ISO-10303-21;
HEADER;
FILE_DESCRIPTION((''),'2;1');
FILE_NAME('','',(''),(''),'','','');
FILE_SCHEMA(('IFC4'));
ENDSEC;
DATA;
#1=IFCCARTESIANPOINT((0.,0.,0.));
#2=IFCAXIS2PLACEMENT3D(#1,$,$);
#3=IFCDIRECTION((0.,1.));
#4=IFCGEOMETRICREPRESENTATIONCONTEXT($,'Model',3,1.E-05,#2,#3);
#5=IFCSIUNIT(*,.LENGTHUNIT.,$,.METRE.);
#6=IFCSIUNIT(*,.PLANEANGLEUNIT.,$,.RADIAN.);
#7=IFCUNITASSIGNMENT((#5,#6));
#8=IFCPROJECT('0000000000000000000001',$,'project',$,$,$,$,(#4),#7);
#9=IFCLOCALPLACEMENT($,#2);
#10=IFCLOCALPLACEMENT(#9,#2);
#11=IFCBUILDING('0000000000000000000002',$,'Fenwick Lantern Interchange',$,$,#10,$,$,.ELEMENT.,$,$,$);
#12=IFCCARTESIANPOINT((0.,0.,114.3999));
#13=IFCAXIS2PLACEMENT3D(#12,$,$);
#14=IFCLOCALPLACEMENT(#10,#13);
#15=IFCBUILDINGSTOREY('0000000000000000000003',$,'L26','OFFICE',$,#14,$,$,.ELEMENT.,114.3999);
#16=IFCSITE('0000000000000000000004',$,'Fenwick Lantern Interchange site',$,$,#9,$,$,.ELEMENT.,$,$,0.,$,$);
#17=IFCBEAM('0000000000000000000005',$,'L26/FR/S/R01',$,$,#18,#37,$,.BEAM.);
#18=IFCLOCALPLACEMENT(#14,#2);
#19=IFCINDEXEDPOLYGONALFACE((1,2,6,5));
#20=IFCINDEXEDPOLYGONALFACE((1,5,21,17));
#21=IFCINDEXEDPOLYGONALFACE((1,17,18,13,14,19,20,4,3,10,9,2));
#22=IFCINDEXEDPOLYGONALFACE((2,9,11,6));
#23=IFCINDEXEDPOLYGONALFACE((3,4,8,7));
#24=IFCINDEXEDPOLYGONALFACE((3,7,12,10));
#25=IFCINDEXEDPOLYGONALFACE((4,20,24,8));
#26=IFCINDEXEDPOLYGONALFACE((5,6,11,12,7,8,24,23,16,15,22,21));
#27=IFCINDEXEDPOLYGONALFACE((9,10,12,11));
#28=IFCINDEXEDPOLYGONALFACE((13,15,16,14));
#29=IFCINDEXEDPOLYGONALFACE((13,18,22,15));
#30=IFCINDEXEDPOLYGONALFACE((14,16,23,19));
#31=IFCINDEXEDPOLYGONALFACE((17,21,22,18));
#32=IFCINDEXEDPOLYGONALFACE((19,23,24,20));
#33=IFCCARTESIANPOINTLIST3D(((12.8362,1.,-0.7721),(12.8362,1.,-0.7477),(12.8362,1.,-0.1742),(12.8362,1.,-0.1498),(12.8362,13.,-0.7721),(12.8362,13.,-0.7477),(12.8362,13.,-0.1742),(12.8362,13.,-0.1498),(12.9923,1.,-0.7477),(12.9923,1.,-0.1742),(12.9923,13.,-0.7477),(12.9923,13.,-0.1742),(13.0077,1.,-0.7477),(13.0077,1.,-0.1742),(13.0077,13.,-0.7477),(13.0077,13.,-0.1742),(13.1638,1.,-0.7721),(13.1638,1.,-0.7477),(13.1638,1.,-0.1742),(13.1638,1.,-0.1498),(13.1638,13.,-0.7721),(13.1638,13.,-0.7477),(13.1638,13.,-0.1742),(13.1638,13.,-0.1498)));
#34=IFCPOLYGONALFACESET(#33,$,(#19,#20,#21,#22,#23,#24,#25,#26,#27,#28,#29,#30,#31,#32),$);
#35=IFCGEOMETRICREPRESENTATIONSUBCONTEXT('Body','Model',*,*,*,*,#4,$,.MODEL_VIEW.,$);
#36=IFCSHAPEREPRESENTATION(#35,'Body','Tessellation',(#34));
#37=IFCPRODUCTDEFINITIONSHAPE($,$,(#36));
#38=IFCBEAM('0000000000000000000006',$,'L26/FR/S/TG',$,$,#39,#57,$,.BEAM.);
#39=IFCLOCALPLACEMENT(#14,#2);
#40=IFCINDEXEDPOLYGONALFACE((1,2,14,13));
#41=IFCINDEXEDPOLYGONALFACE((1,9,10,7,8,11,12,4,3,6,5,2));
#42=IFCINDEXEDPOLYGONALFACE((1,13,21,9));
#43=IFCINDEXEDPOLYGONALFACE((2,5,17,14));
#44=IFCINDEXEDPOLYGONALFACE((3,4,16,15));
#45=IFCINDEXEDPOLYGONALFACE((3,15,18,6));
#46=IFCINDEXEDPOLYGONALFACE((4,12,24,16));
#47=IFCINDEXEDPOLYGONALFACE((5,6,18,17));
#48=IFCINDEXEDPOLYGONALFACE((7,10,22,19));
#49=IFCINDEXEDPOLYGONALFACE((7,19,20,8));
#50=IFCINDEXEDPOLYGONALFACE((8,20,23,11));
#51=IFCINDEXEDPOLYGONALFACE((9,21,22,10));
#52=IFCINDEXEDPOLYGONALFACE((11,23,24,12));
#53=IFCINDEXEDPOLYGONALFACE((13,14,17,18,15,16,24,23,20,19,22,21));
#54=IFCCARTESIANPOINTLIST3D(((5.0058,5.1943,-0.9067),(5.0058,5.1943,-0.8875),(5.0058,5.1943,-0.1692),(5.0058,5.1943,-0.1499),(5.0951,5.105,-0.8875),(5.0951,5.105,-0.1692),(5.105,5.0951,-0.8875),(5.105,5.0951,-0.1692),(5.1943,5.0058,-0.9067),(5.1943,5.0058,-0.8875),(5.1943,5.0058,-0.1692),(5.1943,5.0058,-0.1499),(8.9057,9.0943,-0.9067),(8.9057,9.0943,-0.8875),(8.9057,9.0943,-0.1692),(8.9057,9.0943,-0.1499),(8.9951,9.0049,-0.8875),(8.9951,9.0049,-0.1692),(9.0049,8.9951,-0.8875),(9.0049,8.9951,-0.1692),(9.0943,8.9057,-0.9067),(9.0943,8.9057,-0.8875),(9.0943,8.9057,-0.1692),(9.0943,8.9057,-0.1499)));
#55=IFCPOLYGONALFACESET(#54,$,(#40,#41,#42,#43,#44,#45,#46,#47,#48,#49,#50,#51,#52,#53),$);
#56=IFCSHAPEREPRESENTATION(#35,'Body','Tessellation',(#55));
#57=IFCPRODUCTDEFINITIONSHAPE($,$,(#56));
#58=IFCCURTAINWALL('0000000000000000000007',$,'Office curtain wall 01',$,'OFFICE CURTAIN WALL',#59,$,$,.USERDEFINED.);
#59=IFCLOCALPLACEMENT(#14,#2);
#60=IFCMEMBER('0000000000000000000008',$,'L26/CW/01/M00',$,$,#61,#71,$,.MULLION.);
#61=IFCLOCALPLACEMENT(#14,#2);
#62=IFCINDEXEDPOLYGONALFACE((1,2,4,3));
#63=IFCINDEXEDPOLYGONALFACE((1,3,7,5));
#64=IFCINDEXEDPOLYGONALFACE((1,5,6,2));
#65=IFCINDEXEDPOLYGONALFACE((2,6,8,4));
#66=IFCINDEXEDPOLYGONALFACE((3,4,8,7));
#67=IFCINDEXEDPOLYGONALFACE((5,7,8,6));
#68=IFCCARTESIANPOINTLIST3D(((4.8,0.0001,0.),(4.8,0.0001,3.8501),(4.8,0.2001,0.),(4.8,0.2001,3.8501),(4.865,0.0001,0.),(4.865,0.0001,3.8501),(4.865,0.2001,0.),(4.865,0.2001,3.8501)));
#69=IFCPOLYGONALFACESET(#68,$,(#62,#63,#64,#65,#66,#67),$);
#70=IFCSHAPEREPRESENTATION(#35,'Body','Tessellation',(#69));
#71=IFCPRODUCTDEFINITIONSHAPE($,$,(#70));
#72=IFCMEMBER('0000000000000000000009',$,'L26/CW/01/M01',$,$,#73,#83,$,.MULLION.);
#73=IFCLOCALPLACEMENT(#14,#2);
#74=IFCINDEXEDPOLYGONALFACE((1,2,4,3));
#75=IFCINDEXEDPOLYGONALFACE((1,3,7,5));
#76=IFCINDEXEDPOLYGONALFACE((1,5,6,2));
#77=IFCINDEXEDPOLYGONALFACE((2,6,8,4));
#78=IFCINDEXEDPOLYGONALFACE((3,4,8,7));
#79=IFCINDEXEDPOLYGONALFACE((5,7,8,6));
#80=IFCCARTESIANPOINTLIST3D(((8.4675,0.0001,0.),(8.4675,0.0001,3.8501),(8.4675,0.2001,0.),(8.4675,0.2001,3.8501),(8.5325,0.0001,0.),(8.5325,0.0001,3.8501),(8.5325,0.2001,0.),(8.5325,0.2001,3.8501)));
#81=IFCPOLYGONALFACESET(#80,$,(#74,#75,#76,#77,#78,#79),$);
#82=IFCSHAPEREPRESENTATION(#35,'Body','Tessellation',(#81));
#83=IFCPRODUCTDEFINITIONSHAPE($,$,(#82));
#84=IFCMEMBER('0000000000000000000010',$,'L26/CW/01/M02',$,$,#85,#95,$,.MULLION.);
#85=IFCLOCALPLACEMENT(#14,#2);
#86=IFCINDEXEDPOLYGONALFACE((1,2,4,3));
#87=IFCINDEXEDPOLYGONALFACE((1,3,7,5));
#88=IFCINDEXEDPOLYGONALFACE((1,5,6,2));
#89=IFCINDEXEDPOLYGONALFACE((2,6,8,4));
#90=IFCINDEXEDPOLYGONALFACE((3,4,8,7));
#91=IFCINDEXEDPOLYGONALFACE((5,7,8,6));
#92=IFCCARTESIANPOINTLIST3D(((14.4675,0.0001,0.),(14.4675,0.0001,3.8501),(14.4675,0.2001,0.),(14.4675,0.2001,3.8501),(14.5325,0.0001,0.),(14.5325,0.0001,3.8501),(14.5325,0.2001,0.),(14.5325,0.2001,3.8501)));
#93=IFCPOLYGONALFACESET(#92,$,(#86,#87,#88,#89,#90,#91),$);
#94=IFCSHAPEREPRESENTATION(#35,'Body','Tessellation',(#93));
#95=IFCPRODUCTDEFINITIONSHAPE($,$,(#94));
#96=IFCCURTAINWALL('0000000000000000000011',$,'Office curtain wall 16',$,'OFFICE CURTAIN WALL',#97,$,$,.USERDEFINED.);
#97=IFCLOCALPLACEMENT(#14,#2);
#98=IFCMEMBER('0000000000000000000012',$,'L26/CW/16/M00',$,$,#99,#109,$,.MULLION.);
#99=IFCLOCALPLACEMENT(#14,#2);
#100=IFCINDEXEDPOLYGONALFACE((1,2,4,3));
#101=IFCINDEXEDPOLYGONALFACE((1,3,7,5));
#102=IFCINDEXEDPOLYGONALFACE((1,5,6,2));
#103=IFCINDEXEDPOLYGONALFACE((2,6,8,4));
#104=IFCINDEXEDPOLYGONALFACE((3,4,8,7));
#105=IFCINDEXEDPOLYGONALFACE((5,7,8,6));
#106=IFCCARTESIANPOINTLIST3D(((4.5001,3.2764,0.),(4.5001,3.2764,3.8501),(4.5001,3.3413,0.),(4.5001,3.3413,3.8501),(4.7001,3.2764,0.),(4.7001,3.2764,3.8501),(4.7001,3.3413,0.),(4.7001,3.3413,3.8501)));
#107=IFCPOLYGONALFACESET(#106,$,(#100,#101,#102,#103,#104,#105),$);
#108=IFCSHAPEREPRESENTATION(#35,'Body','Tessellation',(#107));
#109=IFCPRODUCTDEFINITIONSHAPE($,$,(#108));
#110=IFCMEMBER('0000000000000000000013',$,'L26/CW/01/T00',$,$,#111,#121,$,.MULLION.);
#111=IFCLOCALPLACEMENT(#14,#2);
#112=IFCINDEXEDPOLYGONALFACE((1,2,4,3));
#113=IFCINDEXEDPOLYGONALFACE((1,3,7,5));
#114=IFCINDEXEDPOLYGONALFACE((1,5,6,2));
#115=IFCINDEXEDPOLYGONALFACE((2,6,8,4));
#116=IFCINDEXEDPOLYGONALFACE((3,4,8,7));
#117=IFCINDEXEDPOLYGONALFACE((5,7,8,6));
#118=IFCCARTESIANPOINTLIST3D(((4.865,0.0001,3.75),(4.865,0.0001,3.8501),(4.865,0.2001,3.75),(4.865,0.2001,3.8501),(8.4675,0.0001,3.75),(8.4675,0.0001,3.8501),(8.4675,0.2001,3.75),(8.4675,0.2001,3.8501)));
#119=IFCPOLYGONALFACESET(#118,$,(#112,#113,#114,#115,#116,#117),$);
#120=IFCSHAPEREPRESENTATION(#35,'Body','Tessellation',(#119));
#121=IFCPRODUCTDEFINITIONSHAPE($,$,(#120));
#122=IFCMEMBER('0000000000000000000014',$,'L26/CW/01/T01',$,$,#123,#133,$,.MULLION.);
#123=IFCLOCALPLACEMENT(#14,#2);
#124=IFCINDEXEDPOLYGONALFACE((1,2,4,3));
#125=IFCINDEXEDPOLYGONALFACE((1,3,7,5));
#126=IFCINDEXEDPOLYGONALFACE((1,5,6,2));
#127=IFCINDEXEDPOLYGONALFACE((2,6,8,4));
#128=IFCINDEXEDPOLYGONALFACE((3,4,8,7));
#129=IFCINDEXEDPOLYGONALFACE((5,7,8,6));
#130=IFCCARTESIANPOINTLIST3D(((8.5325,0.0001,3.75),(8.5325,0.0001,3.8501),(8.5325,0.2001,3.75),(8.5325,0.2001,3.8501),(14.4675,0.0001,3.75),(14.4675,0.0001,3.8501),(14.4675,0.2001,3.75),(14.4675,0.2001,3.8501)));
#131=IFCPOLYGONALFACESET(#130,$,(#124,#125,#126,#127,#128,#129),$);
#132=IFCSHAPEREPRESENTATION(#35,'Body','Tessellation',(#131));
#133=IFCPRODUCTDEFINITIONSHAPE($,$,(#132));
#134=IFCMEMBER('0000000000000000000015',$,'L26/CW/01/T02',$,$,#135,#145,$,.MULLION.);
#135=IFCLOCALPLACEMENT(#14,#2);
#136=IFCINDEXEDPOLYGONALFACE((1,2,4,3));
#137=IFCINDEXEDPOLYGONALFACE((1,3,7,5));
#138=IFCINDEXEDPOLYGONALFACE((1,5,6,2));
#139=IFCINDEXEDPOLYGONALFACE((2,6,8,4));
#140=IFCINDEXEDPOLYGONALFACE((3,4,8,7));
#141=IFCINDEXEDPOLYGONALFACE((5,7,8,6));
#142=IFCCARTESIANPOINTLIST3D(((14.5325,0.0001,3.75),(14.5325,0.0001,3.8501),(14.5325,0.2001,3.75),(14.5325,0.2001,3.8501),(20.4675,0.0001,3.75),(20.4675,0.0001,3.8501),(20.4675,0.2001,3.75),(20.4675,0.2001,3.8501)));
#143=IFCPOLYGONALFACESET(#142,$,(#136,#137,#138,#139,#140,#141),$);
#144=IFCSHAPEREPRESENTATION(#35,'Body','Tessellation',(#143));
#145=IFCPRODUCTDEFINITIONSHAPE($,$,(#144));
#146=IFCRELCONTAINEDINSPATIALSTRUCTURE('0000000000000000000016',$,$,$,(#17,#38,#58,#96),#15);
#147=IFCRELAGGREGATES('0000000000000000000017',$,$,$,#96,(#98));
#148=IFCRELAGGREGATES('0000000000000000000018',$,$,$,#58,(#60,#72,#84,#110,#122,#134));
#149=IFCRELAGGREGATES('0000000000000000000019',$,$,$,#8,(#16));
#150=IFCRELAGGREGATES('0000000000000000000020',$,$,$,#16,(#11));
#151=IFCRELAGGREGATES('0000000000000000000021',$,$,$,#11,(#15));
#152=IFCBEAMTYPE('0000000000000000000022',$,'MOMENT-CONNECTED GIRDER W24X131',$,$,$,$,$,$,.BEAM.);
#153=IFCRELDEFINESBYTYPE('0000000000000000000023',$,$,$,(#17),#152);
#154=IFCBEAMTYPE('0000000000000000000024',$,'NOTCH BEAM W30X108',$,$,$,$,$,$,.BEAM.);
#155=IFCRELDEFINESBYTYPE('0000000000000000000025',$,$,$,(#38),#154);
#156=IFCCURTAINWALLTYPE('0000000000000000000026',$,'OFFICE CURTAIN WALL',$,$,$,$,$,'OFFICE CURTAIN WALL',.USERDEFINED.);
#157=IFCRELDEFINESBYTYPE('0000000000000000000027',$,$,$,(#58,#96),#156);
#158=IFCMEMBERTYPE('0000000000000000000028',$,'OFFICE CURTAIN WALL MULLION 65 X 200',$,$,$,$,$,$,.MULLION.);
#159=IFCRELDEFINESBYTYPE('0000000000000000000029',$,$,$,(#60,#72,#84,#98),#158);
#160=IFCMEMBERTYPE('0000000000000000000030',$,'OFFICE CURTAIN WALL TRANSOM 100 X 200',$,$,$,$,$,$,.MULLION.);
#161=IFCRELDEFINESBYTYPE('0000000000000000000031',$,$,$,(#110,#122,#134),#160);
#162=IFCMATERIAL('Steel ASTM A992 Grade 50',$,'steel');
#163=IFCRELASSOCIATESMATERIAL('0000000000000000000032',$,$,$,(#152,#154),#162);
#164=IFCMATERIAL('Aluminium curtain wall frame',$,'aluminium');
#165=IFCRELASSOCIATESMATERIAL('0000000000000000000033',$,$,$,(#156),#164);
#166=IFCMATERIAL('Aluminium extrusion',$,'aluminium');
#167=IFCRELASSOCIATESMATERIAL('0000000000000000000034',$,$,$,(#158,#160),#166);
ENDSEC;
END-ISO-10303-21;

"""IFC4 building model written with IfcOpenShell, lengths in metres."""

from ifc_helpers import new_model, si_unit, direction, frame, origin, origin_2d, place, context, subcontext, project, spatial, rectangle, i_section, extrude, material, material_profile, profile_set, type_object, element, aggregate, save


model = new_model("IFC4")

# Units and contexts
model_context = context("Model", 3, precision=1e-05, world=origin(), true_north=direction((0.0, 1.0)))
body_context = subcontext(model_context, "Body", "Model", "MODEL_VIEW")
ifc_project = project(units=[si_unit("LENGTHUNIT", "METRE"), si_unit("PLANEANGLEUNIT", "RADIAN")], contexts=[model_context])

# Site, building, storey
site_placement = place(None, origin())
site = spatial("IfcSite", under=ifc_project, at=site_placement, Name="Fenwick Lantern Interchange site", CompositionType="ELEMENT", RefElevation=0.0)
building_placement = place(site_placement, origin())
building = spatial("IfcBuilding", under=site, at=building_placement, Name="Fenwick Lantern Interchange", CompositionType="ELEMENT")
storey_placement = place(building_placement, frame((0.0, 0.0, 114.3999)))
storey = spatial("IfcBuildingStorey", under=building, at=storey_placement, Name="L26", Description="OFFICE", CompositionType="ELEMENT", Elevation=114.3999)

# Shared definitions
ifc_material_1 = material(Name="Steel ASTM A992 Grade 50", Category="steel")

# Beams
ifc_material_profile_1 = material_profile(ifc_material_1, i_section(OverallWidth=0.3276, OverallDepth=0.6223, WebThickness=0.0154, FlangeThickness=0.0244, at=origin_2d()), Name="W24X131")
ifc_profile_set_1 = profile_set([ifc_material_profile_1], Name="Steel ASTM A992 Grade 50")
beam_type_1 = type_object("IfcBeamType", Name="MOMENT-CONNECTED GIRDER W24X131", PredefinedType="BEAM", material=ifc_profile_set_1)
beam_1_placement = place(storey_placement, frame((13.0, 1.0, -0.4609), z_axis=(0.0, 1.0, 0.0), x_axis=(-1.0, 0.0, 0.0)))
element("IfcBeam", 1, at=beam_1_placement, inside=storey, type_object=beam_type_1, Name="L26/FR/S/R01", PredefinedType="BEAM", context=body_context, shape_type="SweptSolid", body=[
    extrude(i_section(OverallWidth=0.3276, OverallDepth=0.6223, WebThickness=0.0154, FlangeThickness=0.0244, at=origin_2d()), origin(), (0.0, 0.0, 1.0), 12.0),
])
ifc_material_profile_2 = material_profile(ifc_material_1, i_section(OverallWidth=0.2666, OverallDepth=0.7568, WebThickness=0.0139, FlangeThickness=0.0193, at=origin_2d()), Name="W30X108")
ifc_profile_set_2 = profile_set([ifc_material_profile_2], Name="Steel ASTM A992 Grade 50")
beam_type_2 = type_object("IfcBeamType", Name="NOTCH BEAM W30X108", PredefinedType="BEAM", material=ifc_profile_set_2)
beam_2_placement = place(storey_placement, frame((9.0, 9.0, -0.5283), z_axis=(-0.707107, -0.707107, 0.0), x_axis=(0.707107, -0.707107, 0.0)))
element("IfcBeam", 2, at=beam_2_placement, inside=storey, type_object=beam_type_2, Name="L26/FR/S/TG", PredefinedType="BEAM", context=body_context, shape_type="SweptSolid", body=[
    extrude(i_section(OverallWidth=0.2666, OverallDepth=0.7568, WebThickness=0.0139, FlangeThickness=0.0193, at=origin_2d()), origin(), (0.0, 0.0, 1.0), 5.5154),
])

# Curtain wall, members
ifc_material_2 = material(Name="Aluminium curtain wall frame", Category="aluminium")
curtain_wall_type = type_object("IfcCurtainWallType", Name="OFFICE CURTAIN WALL", ElementType="OFFICE CURTAIN WALL", PredefinedType="USERDEFINED", material=ifc_material_2)
curtain_wall_1_placement = place(storey_placement, origin())
curtain_wall_1 = element("IfcCurtainWall", 3, at=curtain_wall_1_placement, inside=storey, type_object=curtain_wall_type, Name="Office curtain wall 01", ObjectType="OFFICE CURTAIN WALL", PredefinedType="USERDEFINED")
ifc_material_3 = material(Name="Aluminium extrusion", Category="aluminium")
ifc_material_profile_3 = material_profile(ifc_material_3, rectangle(XDim=0.2, YDim=0.0649, at=origin_2d()), Name="OFFICE CURTAIN WALL MULLION 65 X 200")
ifc_profile_set_3 = profile_set([ifc_material_profile_3], Name="Aluminium extrusion")
member_type_1 = type_object("IfcMemberType", Name="OFFICE CURTAIN WALL MULLION 65 X 200", PredefinedType="MULLION", material=ifc_profile_set_3)
member_1_placement = place(storey_placement, frame((4.8325, 0.1001, 0.0), z_axis=(0.0, 0.0, 1.0), x_axis=(0.0, 1.0, 0.0)))
member_1 = element("IfcMember", 4, at=member_1_placement, type_object=member_type_1, Name="L26/CW/01/M00", PredefinedType="MULLION", context=body_context, shape_type="SweptSolid", body=[
    extrude(rectangle(XDim=0.2, YDim=0.0649, at=origin_2d()), origin(), (0.0, 0.0, 1.0), 3.8501),
])
member_2_placement = place(storey_placement, frame((8.5, 0.1001, 0.0), z_axis=(0.0, 0.0, 1.0), x_axis=(0.0, 1.0, 0.0)))
member_2 = element("IfcMember", 5, at=member_2_placement, type_object=member_type_1, Name="L26/CW/01/M01", PredefinedType="MULLION", context=body_context, shape_type="SweptSolid", body=[
    extrude(rectangle(XDim=0.2, YDim=0.0649, at=origin_2d()), origin(), (0.0, 0.0, 1.0), 3.8501),
])
member_3_placement = place(storey_placement, frame((14.5, 0.1001, 0.0), z_axis=(0.0, 0.0, 1.0), x_axis=(0.0, 1.0, 0.0)))
member_3 = element("IfcMember", 6, at=member_3_placement, type_object=member_type_1, Name="L26/CW/01/M02", PredefinedType="MULLION", context=body_context, shape_type="SweptSolid", body=[
    extrude(rectangle(XDim=0.2, YDim=0.0649, at=origin_2d()), origin(), (0.0, 0.0, 1.0), 3.8501),
])

# Curtain wall, member
curtain_wall_2_placement = place(storey_placement, origin())
curtain_wall_2 = element("IfcCurtainWall", 7, at=curtain_wall_2_placement, inside=storey, type_object=curtain_wall_type, Name="Office curtain wall 16", ObjectType="OFFICE CURTAIN WALL", PredefinedType="USERDEFINED")
member_4_placement = place(storey_placement, frame((4.6001, 3.3088, 0.0), z_axis=(0.0, 0.0, 1.0), x_axis=(1.0, 0.0, 0.0)))
member_4 = element("IfcMember", 8, at=member_4_placement, type_object=member_type_1, Name="L26/CW/16/M00", PredefinedType="MULLION", context=body_context, shape_type="SweptSolid", body=[
    extrude(rectangle(XDim=0.2, YDim=0.0649, at=origin_2d()), origin(), (0.0, 0.0, 1.0), 3.8501),
])
aggregate(curtain_wall_2, [member_4])

# Members
ifc_material_profile_4 = material_profile(ifc_material_3, rectangle(XDim=0.2, YDim=0.1001, at=origin_2d()), Name="OFFICE CURTAIN WALL TRANSOM 100 X 200")
ifc_profile_set_4 = profile_set([ifc_material_profile_4], Name="Aluminium extrusion")
member_type_2 = type_object("IfcMemberType", Name="OFFICE CURTAIN WALL TRANSOM 100 X 200", PredefinedType="MULLION", material=ifc_profile_set_4)
member_5_placement = place(storey_placement, frame((4.865, 0.1001, 3.8), z_axis=(1.0, 0.0, 0.0), x_axis=(0.0, 1.0, 0.0)))
member_5 = element("IfcMember", 9, at=member_5_placement, type_object=member_type_2, Name="L26/CW/01/T00", PredefinedType="MULLION", context=body_context, shape_type="SweptSolid", body=[
    extrude(rectangle(XDim=0.2, YDim=0.1001, at=origin_2d()), origin(), (0.0, 0.0, 1.0), 3.6025),
])
member_6_placement = place(storey_placement, frame((8.5325, 0.1001, 3.8), z_axis=(1.0, 0.0, 0.0), x_axis=(0.0, 1.0, 0.0)))
member_6 = element("IfcMember", 10, at=member_6_placement, type_object=member_type_2, Name="L26/CW/01/T01", PredefinedType="MULLION", context=body_context, shape_type="SweptSolid", body=[
    extrude(rectangle(XDim=0.2, YDim=0.1001, at=origin_2d()), origin(), (0.0, 0.0, 1.0), 5.9351),
])
member_7_placement = place(storey_placement, frame((14.5325, 0.1001, 3.8), z_axis=(1.0, 0.0, 0.0), x_axis=(0.0, 1.0, 0.0)))
member_7 = element("IfcMember", 11, at=member_7_placement, type_object=member_type_2, Name="L26/CW/01/T02", PredefinedType="MULLION", context=body_context, shape_type="SweptSolid", body=[
    extrude(rectangle(XDim=0.2, YDim=0.1001, at=origin_2d()), origin(), (0.0, 0.0, 1.0), 5.9351),
])
aggregate(curtain_wall_1, [member_1, member_2, member_3, member_5, member_6, member_7])

save(model, "model.ifc")
